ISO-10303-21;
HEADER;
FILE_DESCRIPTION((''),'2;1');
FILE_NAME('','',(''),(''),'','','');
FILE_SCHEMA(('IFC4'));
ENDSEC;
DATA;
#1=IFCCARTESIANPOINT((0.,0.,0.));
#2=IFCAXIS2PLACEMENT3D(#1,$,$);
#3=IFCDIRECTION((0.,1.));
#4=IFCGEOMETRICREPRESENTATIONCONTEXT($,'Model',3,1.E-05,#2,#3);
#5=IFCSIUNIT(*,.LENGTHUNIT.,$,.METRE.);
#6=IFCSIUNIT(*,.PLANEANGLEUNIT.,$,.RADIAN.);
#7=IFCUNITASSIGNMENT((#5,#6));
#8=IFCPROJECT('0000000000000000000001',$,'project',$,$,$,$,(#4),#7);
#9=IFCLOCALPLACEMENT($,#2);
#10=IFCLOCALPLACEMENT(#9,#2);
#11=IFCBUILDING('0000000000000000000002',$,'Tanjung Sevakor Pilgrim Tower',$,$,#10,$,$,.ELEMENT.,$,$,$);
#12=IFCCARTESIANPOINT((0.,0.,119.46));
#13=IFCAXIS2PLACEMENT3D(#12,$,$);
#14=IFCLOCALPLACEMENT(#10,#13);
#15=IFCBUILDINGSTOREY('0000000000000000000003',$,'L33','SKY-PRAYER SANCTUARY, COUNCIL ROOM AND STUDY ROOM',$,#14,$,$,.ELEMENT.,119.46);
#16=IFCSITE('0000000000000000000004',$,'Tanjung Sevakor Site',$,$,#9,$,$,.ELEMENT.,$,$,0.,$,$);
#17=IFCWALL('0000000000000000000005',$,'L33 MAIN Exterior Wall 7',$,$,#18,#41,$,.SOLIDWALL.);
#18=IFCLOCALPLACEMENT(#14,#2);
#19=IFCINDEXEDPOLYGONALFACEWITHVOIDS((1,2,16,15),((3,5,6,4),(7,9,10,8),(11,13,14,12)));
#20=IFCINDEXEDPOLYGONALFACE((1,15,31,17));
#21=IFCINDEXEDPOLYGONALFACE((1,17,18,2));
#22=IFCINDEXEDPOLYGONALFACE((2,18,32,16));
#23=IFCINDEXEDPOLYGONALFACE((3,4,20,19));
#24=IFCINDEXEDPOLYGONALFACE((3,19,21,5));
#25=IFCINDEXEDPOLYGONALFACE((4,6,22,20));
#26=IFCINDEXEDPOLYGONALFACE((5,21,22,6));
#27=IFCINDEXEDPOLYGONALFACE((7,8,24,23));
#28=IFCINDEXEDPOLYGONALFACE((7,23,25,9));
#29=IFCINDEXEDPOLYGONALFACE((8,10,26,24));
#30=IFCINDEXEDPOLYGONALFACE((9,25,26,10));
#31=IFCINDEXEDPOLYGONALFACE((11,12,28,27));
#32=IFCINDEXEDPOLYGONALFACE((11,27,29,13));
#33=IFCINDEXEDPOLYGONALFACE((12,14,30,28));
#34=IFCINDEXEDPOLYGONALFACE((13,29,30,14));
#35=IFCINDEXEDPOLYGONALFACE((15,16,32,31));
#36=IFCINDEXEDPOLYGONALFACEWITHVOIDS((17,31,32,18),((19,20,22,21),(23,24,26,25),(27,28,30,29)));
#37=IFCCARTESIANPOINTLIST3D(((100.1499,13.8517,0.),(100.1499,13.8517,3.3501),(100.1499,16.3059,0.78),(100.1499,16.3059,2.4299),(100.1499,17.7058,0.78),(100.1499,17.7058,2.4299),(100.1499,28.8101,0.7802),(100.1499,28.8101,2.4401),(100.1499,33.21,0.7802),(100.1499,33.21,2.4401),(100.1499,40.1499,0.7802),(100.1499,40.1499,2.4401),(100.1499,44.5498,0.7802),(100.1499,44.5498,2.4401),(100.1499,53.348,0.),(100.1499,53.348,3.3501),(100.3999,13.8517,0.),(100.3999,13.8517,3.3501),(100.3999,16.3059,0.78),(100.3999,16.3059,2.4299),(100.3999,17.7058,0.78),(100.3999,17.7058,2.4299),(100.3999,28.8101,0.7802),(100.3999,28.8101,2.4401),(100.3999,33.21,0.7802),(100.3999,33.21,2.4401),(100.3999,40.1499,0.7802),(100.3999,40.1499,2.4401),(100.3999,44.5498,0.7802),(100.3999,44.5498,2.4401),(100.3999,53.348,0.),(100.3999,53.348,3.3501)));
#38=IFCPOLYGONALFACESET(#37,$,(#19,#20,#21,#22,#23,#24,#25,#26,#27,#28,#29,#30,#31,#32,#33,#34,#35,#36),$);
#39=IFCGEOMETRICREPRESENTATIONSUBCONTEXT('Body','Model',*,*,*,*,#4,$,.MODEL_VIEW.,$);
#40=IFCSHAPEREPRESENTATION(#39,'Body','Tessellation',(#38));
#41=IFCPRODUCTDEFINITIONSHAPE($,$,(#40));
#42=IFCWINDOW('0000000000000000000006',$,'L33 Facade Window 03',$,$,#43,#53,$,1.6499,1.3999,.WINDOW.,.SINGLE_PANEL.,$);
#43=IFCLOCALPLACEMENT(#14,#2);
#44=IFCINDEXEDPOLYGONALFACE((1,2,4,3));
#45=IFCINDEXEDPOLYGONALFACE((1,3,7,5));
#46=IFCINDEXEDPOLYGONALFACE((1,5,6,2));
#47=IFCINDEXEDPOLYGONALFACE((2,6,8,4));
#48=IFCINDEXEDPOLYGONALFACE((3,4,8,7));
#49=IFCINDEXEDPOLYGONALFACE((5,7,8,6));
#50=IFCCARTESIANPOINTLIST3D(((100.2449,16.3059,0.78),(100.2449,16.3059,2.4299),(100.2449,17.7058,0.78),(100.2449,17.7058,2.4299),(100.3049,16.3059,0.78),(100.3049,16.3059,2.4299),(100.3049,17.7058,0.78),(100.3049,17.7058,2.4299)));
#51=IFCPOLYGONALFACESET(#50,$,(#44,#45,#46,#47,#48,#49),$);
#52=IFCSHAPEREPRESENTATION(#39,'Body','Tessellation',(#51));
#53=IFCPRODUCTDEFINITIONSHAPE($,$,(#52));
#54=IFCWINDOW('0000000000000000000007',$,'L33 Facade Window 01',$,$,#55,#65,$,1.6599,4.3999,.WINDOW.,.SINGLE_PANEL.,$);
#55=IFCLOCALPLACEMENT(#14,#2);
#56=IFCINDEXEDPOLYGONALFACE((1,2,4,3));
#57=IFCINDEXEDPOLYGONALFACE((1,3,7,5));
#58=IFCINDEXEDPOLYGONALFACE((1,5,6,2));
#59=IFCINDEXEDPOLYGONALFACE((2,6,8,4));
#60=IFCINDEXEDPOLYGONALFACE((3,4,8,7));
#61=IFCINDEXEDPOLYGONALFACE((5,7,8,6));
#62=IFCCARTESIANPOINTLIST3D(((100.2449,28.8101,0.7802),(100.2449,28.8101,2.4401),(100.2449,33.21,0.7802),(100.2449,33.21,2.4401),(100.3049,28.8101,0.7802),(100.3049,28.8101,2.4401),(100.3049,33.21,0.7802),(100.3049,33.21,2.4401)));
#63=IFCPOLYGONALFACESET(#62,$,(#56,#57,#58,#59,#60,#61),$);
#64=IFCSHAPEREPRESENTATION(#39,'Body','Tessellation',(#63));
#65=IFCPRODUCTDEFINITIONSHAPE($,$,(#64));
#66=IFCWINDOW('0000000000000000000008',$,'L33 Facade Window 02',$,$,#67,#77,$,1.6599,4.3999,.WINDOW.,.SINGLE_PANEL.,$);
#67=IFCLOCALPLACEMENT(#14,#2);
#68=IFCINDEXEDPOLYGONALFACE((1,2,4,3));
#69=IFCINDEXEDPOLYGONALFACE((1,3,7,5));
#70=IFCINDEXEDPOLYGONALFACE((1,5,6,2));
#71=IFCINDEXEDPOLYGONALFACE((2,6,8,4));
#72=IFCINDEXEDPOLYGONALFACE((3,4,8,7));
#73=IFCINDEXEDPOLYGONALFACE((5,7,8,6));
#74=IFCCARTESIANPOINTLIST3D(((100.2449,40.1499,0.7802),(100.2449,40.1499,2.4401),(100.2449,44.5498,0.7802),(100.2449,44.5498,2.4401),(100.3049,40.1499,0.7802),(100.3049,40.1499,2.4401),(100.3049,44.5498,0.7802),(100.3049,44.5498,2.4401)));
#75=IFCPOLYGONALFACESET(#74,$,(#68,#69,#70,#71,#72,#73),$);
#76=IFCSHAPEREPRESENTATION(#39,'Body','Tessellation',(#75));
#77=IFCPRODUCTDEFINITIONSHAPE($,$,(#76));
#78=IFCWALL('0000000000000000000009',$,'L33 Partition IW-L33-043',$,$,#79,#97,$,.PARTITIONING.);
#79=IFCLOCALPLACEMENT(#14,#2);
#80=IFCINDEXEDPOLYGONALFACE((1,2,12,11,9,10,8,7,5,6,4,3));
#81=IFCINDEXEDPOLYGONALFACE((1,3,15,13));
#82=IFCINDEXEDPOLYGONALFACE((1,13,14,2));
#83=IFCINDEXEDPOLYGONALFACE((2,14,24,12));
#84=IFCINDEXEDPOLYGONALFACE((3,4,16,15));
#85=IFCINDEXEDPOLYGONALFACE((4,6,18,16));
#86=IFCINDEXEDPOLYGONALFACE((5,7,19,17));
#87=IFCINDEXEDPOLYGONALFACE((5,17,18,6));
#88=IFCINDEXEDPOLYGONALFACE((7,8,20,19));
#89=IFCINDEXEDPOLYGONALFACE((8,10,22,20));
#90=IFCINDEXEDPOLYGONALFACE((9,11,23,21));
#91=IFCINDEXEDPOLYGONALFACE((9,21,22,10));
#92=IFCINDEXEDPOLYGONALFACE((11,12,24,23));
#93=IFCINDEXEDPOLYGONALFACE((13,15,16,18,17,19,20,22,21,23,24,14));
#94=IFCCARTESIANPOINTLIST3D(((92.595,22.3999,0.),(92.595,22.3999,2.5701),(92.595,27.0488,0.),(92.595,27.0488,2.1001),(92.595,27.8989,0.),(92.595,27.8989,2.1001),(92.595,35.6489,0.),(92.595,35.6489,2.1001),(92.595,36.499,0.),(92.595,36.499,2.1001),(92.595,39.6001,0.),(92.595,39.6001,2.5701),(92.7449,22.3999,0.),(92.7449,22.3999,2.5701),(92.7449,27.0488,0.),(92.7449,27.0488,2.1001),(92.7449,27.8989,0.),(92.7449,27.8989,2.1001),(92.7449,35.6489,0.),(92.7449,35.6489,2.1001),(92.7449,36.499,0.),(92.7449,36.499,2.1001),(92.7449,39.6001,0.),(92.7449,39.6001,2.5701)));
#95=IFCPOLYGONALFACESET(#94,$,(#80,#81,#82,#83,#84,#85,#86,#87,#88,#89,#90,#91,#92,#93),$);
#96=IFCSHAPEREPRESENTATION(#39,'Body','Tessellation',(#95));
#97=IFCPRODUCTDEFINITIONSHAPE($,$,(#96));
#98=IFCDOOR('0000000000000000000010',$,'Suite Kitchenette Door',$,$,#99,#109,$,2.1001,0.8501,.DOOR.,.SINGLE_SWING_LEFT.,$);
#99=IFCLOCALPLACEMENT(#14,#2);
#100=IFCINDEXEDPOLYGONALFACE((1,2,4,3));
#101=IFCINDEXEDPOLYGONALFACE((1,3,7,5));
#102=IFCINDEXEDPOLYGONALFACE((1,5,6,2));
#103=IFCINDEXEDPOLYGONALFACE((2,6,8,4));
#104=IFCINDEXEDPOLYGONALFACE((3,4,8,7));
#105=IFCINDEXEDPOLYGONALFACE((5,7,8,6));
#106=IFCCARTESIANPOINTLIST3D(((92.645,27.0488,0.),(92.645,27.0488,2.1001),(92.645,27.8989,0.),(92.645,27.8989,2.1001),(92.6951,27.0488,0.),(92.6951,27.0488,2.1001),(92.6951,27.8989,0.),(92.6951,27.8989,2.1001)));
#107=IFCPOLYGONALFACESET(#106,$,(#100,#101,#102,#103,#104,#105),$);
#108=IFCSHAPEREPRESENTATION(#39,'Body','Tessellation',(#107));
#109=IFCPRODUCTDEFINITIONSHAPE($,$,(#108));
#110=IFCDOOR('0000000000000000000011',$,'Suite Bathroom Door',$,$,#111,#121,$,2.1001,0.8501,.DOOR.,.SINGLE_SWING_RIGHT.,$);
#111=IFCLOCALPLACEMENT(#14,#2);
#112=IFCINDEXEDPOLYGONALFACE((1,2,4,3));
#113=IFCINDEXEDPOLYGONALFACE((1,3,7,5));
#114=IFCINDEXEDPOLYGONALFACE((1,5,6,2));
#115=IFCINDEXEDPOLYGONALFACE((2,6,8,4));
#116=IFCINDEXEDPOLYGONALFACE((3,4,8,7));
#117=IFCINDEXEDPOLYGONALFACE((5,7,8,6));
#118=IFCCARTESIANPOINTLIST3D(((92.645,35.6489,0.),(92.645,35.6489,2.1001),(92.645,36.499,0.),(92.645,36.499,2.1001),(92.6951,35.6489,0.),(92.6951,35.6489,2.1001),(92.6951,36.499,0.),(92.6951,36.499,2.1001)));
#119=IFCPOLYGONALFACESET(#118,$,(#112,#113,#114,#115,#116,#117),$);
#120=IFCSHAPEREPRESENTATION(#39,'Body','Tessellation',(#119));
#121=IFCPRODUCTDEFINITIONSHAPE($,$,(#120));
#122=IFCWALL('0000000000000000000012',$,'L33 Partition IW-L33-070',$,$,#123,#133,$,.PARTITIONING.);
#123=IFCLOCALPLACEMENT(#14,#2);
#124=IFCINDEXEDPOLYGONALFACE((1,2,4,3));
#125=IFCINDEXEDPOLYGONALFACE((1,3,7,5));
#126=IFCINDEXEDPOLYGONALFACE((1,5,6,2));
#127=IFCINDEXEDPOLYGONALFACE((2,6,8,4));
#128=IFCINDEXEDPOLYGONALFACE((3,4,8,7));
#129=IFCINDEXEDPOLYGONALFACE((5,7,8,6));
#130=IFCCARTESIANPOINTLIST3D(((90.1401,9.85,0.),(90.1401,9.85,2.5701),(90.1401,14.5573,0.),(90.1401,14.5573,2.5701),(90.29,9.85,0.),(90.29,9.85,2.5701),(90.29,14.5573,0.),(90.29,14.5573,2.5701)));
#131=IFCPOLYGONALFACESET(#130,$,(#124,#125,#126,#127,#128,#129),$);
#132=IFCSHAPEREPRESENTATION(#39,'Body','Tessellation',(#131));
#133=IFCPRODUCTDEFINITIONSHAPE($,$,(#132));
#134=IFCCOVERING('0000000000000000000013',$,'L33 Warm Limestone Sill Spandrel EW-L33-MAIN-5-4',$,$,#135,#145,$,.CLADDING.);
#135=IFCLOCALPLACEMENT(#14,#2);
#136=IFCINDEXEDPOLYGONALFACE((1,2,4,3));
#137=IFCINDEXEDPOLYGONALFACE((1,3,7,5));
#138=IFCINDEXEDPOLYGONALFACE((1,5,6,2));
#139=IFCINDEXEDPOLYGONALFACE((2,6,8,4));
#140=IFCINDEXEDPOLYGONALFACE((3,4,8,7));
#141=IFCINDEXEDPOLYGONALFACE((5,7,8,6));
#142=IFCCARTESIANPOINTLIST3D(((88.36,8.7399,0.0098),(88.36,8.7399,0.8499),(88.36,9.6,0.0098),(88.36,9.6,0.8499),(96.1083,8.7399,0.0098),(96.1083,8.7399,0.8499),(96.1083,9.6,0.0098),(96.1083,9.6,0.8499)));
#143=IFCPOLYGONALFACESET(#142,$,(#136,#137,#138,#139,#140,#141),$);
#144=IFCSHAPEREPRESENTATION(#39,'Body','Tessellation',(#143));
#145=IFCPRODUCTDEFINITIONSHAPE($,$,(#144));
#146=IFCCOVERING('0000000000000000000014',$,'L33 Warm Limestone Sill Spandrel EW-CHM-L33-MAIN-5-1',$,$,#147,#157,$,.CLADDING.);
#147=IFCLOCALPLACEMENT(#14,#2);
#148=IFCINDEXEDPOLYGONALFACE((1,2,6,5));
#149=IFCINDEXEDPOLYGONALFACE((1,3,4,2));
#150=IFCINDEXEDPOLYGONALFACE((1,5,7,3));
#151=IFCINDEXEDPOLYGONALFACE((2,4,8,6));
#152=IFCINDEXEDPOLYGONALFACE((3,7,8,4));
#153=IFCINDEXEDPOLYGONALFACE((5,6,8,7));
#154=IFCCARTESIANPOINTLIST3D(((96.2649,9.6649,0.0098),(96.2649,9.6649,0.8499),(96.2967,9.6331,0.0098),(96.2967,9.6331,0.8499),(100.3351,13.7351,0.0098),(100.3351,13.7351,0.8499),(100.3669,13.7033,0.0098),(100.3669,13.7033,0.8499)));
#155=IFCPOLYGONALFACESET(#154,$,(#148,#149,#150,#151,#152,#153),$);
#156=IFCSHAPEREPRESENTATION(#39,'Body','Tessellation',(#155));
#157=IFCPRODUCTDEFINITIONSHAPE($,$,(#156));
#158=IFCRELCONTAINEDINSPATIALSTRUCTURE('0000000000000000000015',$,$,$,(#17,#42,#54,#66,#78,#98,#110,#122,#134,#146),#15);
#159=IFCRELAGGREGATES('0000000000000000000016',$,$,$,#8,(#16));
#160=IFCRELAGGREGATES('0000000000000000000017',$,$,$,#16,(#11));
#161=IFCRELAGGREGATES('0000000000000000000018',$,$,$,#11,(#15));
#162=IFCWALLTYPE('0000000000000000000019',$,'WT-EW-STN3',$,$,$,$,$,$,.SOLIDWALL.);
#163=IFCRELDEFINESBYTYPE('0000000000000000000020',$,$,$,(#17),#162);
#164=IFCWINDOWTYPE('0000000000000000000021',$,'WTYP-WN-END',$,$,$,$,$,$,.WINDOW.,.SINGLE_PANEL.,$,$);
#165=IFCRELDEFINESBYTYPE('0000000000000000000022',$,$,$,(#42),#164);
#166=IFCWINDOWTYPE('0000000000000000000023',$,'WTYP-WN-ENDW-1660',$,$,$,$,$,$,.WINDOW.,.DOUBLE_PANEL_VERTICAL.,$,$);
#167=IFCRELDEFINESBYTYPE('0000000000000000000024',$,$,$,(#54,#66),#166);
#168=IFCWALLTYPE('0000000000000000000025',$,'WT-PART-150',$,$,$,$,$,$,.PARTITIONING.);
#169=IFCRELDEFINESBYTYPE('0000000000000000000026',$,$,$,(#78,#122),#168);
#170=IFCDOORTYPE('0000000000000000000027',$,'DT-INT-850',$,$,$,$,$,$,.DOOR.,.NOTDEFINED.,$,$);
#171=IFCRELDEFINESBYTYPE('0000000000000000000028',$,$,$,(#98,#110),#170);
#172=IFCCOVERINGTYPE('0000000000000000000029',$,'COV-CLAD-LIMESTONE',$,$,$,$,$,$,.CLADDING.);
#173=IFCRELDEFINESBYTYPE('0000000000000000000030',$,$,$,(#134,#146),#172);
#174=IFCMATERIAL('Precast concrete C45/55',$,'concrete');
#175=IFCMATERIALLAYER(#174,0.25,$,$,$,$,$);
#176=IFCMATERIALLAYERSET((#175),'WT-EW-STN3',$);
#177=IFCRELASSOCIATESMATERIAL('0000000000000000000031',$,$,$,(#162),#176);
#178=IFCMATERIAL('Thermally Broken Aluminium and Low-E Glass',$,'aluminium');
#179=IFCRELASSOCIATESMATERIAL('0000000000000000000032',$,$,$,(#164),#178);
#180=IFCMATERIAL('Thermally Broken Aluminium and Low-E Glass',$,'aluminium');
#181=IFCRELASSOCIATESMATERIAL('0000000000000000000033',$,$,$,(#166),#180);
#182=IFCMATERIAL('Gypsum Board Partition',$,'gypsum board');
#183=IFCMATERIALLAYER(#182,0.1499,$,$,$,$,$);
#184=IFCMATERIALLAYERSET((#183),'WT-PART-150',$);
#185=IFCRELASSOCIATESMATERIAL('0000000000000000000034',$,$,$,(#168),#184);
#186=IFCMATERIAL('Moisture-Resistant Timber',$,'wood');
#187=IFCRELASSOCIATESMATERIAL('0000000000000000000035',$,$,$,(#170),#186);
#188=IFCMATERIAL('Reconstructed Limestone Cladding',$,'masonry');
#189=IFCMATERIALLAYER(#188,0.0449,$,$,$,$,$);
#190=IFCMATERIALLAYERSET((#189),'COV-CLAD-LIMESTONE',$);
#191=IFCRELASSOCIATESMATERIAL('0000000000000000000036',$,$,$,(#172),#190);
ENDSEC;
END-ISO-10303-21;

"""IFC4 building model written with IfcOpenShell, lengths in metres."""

from ifc_helpers import new_model, si_unit, direction, frame, frame_2d, origin, origin_2d, place, context, subcontext, project, spatial, rectangle, extrude, material, layer, layer_set, type_object, element, fill, save


model = new_model("IFC4")

# Units and contexts
model_context = context("Model", 3, precision=1e-05, world=origin(), true_north=direction((0.0, 1.0)))
body_context = subcontext(model_context, "Body", "Model", "MODEL_VIEW")
ifc_project = project(units=[si_unit("LENGTHUNIT", "METRE"), si_unit("PLANEANGLEUNIT", "RADIAN")], contexts=[model_context])

# Site, building, storey
site_placement = place(None, origin())
site = spatial("IfcSite", under=ifc_project, at=site_placement, Name="Tanjung Sevakor Site", CompositionType="ELEMENT", RefElevation=0.0)
building_placement = place(site_placement, origin())
building = spatial("IfcBuilding", under=site, at=building_placement, Name="Tanjung Sevakor Pilgrim Tower", CompositionType="ELEMENT")
storey_placement = place(building_placement, frame((0.0, 0.0, 119.46)))
storey = spatial("IfcBuildingStorey", under=building, at=storey_placement, Name="L33", Description="SKY-PRAYER SANCTUARY, COUNCIL ROOM AND STUDY ROOM", CompositionType="ELEMENT", Elevation=119.46)

# Shared definitions
ifc_material_1 = material(Name="Precast concrete C45/55", Category="concrete")
ifc_layer_1 = layer(ifc_material_1, 0.25)
ifc_layer_set_1 = layer_set([ifc_layer_1], Name="WT-EW-STN3")
wall_type_1 = type_object("IfcWallType", Name="WT-EW-STN3", PredefinedType="SOLIDWALL", material=ifc_layer_set_1)

# Wall, openings, windows
wall_1_placement = place(storey_placement, frame((100.2749, 13.8518, 0.0), z_axis=(0.0, 0.0, 1.0), x_axis=(0.0, 1.0, 0.0)))
wall_1 = element("IfcWall", 1, at=wall_1_placement, inside=storey, type_object=wall_type_1, Name="L33 MAIN Exterior Wall 7", PredefinedType="SOLIDWALL", context=body_context, shape_type="SweptSolid", body=[
    extrude(rectangle(XDim=39.4963, YDim=0.25, at=frame_2d((19.748, 0.0))), origin(), (0.0, 0.0, 1.0), 3.3501),
])
opening_1_placement = place(wall_1_placement, frame((14.9583, 0.0, 0.78)))
opening_1 = element("IfcOpeningElement", 2, at=opening_1_placement, cuts=wall_1, PredefinedType="OPENING", context=body_context, shape_type="SweptSolid", body=[
    extrude(rectangle(XDim=4.3999, YDim=1.6599, at=frame_2d((2.2, 0.8301))), frame((0.0, 0.135, 0.0), z_axis=(0.0, -1.0, 0.0), x_axis=(1.0, 0.0, 0.0)), (0.0, 0.0, 1.0), 0.27),
])
opening_2_placement = place(wall_1_placement, frame((26.2981, 0.0, 0.78)))
opening_2 = element("IfcOpeningElement", 3, at=opening_2_placement, cuts=wall_1, PredefinedType="OPENING", context=body_context, shape_type="SweptSolid", body=[
    extrude(rectangle(XDim=4.3999, YDim=1.6599, at=frame_2d((2.2, 0.8301))), frame((0.0, 0.135, 0.0), z_axis=(0.0, -1.0, 0.0), x_axis=(1.0, 0.0, 0.0)), (0.0, 0.0, 1.0), 0.27),
])
opening_3_placement = place(wall_1_placement, frame((2.4541, 0.0, 0.78)))
opening_3 = element("IfcOpeningElement", 4, at=opening_3_placement, cuts=wall_1, PredefinedType="OPENING", context=body_context, shape_type="SweptSolid", body=[
    extrude(rectangle(XDim=1.3999, YDim=1.6499, at=frame_2d((0.7, 0.825))), frame((0.0, 0.135, 0.0), z_axis=(0.0, -1.0, 0.0), x_axis=(1.0, 0.0, 0.0)), (0.0, 0.0, 1.0), 0.27),
])
ifc_material_2 = material(Name="Thermally Broken Aluminium and Low-E Glass", Category="aluminium")
window_type_1 = type_object("IfcWindowType", Name="WTYP-WN-END", PartitioningType="SINGLE_PANEL", PredefinedType="WINDOW", material=ifc_material_2)
window_1_placement = place(opening_3_placement, origin())
window_1 = element("IfcWindow", 5, at=window_1_placement, inside=storey, type_object=window_type_1, Name="L33 Facade Window 03", OverallHeight=1.6499, OverallWidth=1.3999, PartitioningType="SINGLE_PANEL", PredefinedType="WINDOW", context=body_context, shape_type="SweptSolid", body=[
    extrude(rectangle(XDim=1.3999, YDim=1.6499, at=frame_2d((0.7, 0.825))), frame((0.0, 0.03, 0.0), z_axis=(0.0, -1.0, 0.0), x_axis=(1.0, 0.0, 0.0)), (0.0, 0.0, 1.0), 0.0601),
])
fill(opening_3, window_1)
ifc_material_3 = material(Name="Thermally Broken Aluminium and Low-E Glass", Category="aluminium")
window_type_2 = type_object("IfcWindowType", Name="WTYP-WN-ENDW-1660", PartitioningType="DOUBLE_PANEL_VERTICAL", PredefinedType="WINDOW", material=ifc_material_3)
window_2_placement = place(opening_1_placement, origin())
window_2 = element("IfcWindow", 6, at=window_2_placement, inside=storey, type_object=window_type_2, Name="L33 Facade Window 01", OverallHeight=1.6599, OverallWidth=4.3999, PartitioningType="SINGLE_PANEL", PredefinedType="WINDOW", context=body_context, shape_type="SweptSolid", body=[
    extrude(rectangle(XDim=4.3999, YDim=1.6599, at=frame_2d((2.2, 0.8301))), frame((0.0, 0.03, 0.0), z_axis=(0.0, -1.0, 0.0), x_axis=(1.0, 0.0, 0.0)), (0.0, 0.0, 1.0), 0.0601),
])
fill(opening_1, window_2)
window_3_placement = place(opening_2_placement, origin())
window_3 = element("IfcWindow", 7, at=window_3_placement, inside=storey, type_object=window_type_2, Name="L33 Facade Window 02", OverallHeight=1.6599, OverallWidth=4.3999, PartitioningType="SINGLE_PANEL", PredefinedType="WINDOW", context=body_context, shape_type="SweptSolid", body=[
    extrude(rectangle(XDim=4.3999, YDim=1.6599, at=frame_2d((2.2, 0.8301))), frame((0.0, 0.03, 0.0), z_axis=(0.0, -1.0, 0.0), x_axis=(1.0, 0.0, 0.0)), (0.0, 0.0, 1.0), 0.0601),
])
fill(opening_2, window_3)

# Wall, openings, doors
ifc_material_4 = material(Name="Gypsum Board Partition", Category="gypsum board")
ifc_layer_2 = layer(ifc_material_4, 0.1499)
ifc_layer_set_2 = layer_set([ifc_layer_2], Name="WT-PART-150")
wall_type_2 = type_object("IfcWallType", Name="WT-PART-150", PredefinedType="PARTITIONING", material=ifc_layer_set_2)
wall_2_placement = place(storey_placement, frame((92.6699, 22.3999, 0.0), z_axis=(0.0, 0.0, 1.0), x_axis=(0.0, 1.0, 0.0)))
wall_2 = element("IfcWall", 8, at=wall_2_placement, inside=storey, type_object=wall_type_2, Name="L33 Partition IW-L33-043", PredefinedType="PARTITIONING", context=body_context, shape_type="SweptSolid", body=[
    extrude(rectangle(XDim=17.2002, YDim=0.1499, at=frame_2d((8.6001, 0.0))), origin(), (0.0, 0.0, 1.0), 2.5701),
])
opening_4_placement = place(wall_2_placement, frame((4.6489, 0.0, 0.0)))
opening_4 = element("IfcOpeningElement", 9, at=opening_4_placement, cuts=wall_2, PredefinedType="OPENING", context=body_context, shape_type="SweptSolid", body=[
    extrude(rectangle(XDim=0.8501, YDim=2.1001, at=frame_2d((0.425, 1.05))), frame((0.0, 0.085, 0.0), z_axis=(0.0, -1.0, 0.0), x_axis=(1.0, 0.0, 0.0)), (0.0, 0.0, 1.0), 0.1699),
])
opening_5_placement = place(wall_2_placement, frame((13.249, 0.0, 0.0)))
opening_5 = element("IfcOpeningElement", 10, at=opening_5_placement, cuts=wall_2, PredefinedType="OPENING", context=body_context, shape_type="SweptSolid", body=[
    extrude(rectangle(XDim=0.8501, YDim=2.1001, at=frame_2d((0.425, 1.05))), frame((0.0, 0.085, 0.0), z_axis=(0.0, -1.0, 0.0), x_axis=(1.0, 0.0, 0.0)), (0.0, 0.0, 1.0), 0.1699),
])
ifc_material_5 = material(Name="Moisture-Resistant Timber", Category="wood")
door_type_1 = type_object("IfcDoorType", Name="DT-INT-850", OperationType="NOTDEFINED", PredefinedType="DOOR", material=ifc_material_5)
door_1_placement = place(opening_4_placement, origin())
door_1 = element("IfcDoor", 11, at=door_1_placement, inside=storey, type_object=door_type_1, Name="Suite Kitchenette Door", OperationType="SINGLE_SWING_LEFT", OverallHeight=2.1001, OverallWidth=0.8501, PredefinedType="DOOR", context=body_context, shape_type="SweptSolid", body=[
    extrude(rectangle(XDim=0.8501, YDim=2.1001, at=frame_2d((0.425, 1.05))), frame((0.0, 0.0249, 0.0), z_axis=(0.0, -1.0, 0.0), x_axis=(1.0, 0.0, 0.0)), (0.0, 0.0, 1.0), 0.05),
])
fill(opening_4, door_1)
door_2_placement = place(opening_5_placement, origin())
door_2 = element("IfcDoor", 12, at=door_2_placement, inside=storey, type_object=door_type_1, Name="Suite Bathroom Door", OperationType="SINGLE_SWING_RIGHT", OverallHeight=2.1001, OverallWidth=0.8501, PredefinedType="DOOR", context=body_context, shape_type="SweptSolid", body=[
    extrude(rectangle(XDim=0.8501, YDim=2.1001, at=frame_2d((0.425, 1.05))), frame((0.0, 0.0249, 0.0), z_axis=(0.0, -1.0, 0.0), x_axis=(1.0, 0.0, 0.0)), (0.0, 0.0, 1.0), 0.05),
])
fill(opening_5, door_2)

# Wall
wall_3_placement = place(storey_placement, frame((90.2151, 9.8501, 0.0), z_axis=(0.0, 0.0, 1.0), x_axis=(0.0, 1.0, 0.0)))
element("IfcWall", 13, at=wall_3_placement, inside=storey, type_object=wall_type_2, Name="L33 Partition IW-L33-070", PredefinedType="PARTITIONING", context=body_context, shape_type="SweptSolid", body=[
    extrude(rectangle(XDim=4.7073, YDim=0.1499, at=frame_2d((2.3535, 0.0))), origin(), (0.0, 0.0, 1.0), 2.5701),
])

# Coverings
ifc_material_6 = material(Name="Reconstructed Limestone Cladding", Category="masonry")
ifc_layer_3 = layer(ifc_material_6, 0.0449)
ifc_layer_set_3 = layer_set([ifc_layer_3], Name="COV-CLAD-LIMESTONE")
covering_type = type_object("IfcCoveringType", Name="COV-CLAD-LIMESTONE", PredefinedType="CLADDING", material=ifc_layer_set_3)
covering_1_placement = place(storey_placement, frame((92.2341, 9.1699, 0.0098), z_axis=(0.0, 0.0, 1.0), x_axis=(1.0, 0.0, 0.0)))
element("IfcCovering", 14, at=covering_1_placement, inside=storey, type_object=covering_type, Name="L33 Warm Limestone Sill Spandrel EW-L33-MAIN-5-4", PredefinedType="CLADDING", context=body_context, shape_type="SweptSolid", body=[
    extrude(rectangle(XDim=7.7483, YDim=0.8601, at=origin_2d()), origin(), (0.0, 0.0, 1.0), 0.8401),
])
covering_2_placement = place(storey_placement, frame((98.3159, 11.6841, 0.0098), z_axis=(0.0, 0.0, 1.0), x_axis=(0.707107, 0.707107, 0.0)))
element("IfcCovering", 15, at=covering_2_placement, inside=storey, type_object=covering_type, Name="L33 Warm Limestone Sill Spandrel EW-CHM-L33-MAIN-5-1", PredefinedType="CLADDING", context=body_context, shape_type="SweptSolid", body=[
    extrude(rectangle(XDim=5.7561, YDim=0.0449, at=origin_2d()), origin(), (0.0, 0.0, 1.0), 0.8401),
])

save(model, "model.ifc")
